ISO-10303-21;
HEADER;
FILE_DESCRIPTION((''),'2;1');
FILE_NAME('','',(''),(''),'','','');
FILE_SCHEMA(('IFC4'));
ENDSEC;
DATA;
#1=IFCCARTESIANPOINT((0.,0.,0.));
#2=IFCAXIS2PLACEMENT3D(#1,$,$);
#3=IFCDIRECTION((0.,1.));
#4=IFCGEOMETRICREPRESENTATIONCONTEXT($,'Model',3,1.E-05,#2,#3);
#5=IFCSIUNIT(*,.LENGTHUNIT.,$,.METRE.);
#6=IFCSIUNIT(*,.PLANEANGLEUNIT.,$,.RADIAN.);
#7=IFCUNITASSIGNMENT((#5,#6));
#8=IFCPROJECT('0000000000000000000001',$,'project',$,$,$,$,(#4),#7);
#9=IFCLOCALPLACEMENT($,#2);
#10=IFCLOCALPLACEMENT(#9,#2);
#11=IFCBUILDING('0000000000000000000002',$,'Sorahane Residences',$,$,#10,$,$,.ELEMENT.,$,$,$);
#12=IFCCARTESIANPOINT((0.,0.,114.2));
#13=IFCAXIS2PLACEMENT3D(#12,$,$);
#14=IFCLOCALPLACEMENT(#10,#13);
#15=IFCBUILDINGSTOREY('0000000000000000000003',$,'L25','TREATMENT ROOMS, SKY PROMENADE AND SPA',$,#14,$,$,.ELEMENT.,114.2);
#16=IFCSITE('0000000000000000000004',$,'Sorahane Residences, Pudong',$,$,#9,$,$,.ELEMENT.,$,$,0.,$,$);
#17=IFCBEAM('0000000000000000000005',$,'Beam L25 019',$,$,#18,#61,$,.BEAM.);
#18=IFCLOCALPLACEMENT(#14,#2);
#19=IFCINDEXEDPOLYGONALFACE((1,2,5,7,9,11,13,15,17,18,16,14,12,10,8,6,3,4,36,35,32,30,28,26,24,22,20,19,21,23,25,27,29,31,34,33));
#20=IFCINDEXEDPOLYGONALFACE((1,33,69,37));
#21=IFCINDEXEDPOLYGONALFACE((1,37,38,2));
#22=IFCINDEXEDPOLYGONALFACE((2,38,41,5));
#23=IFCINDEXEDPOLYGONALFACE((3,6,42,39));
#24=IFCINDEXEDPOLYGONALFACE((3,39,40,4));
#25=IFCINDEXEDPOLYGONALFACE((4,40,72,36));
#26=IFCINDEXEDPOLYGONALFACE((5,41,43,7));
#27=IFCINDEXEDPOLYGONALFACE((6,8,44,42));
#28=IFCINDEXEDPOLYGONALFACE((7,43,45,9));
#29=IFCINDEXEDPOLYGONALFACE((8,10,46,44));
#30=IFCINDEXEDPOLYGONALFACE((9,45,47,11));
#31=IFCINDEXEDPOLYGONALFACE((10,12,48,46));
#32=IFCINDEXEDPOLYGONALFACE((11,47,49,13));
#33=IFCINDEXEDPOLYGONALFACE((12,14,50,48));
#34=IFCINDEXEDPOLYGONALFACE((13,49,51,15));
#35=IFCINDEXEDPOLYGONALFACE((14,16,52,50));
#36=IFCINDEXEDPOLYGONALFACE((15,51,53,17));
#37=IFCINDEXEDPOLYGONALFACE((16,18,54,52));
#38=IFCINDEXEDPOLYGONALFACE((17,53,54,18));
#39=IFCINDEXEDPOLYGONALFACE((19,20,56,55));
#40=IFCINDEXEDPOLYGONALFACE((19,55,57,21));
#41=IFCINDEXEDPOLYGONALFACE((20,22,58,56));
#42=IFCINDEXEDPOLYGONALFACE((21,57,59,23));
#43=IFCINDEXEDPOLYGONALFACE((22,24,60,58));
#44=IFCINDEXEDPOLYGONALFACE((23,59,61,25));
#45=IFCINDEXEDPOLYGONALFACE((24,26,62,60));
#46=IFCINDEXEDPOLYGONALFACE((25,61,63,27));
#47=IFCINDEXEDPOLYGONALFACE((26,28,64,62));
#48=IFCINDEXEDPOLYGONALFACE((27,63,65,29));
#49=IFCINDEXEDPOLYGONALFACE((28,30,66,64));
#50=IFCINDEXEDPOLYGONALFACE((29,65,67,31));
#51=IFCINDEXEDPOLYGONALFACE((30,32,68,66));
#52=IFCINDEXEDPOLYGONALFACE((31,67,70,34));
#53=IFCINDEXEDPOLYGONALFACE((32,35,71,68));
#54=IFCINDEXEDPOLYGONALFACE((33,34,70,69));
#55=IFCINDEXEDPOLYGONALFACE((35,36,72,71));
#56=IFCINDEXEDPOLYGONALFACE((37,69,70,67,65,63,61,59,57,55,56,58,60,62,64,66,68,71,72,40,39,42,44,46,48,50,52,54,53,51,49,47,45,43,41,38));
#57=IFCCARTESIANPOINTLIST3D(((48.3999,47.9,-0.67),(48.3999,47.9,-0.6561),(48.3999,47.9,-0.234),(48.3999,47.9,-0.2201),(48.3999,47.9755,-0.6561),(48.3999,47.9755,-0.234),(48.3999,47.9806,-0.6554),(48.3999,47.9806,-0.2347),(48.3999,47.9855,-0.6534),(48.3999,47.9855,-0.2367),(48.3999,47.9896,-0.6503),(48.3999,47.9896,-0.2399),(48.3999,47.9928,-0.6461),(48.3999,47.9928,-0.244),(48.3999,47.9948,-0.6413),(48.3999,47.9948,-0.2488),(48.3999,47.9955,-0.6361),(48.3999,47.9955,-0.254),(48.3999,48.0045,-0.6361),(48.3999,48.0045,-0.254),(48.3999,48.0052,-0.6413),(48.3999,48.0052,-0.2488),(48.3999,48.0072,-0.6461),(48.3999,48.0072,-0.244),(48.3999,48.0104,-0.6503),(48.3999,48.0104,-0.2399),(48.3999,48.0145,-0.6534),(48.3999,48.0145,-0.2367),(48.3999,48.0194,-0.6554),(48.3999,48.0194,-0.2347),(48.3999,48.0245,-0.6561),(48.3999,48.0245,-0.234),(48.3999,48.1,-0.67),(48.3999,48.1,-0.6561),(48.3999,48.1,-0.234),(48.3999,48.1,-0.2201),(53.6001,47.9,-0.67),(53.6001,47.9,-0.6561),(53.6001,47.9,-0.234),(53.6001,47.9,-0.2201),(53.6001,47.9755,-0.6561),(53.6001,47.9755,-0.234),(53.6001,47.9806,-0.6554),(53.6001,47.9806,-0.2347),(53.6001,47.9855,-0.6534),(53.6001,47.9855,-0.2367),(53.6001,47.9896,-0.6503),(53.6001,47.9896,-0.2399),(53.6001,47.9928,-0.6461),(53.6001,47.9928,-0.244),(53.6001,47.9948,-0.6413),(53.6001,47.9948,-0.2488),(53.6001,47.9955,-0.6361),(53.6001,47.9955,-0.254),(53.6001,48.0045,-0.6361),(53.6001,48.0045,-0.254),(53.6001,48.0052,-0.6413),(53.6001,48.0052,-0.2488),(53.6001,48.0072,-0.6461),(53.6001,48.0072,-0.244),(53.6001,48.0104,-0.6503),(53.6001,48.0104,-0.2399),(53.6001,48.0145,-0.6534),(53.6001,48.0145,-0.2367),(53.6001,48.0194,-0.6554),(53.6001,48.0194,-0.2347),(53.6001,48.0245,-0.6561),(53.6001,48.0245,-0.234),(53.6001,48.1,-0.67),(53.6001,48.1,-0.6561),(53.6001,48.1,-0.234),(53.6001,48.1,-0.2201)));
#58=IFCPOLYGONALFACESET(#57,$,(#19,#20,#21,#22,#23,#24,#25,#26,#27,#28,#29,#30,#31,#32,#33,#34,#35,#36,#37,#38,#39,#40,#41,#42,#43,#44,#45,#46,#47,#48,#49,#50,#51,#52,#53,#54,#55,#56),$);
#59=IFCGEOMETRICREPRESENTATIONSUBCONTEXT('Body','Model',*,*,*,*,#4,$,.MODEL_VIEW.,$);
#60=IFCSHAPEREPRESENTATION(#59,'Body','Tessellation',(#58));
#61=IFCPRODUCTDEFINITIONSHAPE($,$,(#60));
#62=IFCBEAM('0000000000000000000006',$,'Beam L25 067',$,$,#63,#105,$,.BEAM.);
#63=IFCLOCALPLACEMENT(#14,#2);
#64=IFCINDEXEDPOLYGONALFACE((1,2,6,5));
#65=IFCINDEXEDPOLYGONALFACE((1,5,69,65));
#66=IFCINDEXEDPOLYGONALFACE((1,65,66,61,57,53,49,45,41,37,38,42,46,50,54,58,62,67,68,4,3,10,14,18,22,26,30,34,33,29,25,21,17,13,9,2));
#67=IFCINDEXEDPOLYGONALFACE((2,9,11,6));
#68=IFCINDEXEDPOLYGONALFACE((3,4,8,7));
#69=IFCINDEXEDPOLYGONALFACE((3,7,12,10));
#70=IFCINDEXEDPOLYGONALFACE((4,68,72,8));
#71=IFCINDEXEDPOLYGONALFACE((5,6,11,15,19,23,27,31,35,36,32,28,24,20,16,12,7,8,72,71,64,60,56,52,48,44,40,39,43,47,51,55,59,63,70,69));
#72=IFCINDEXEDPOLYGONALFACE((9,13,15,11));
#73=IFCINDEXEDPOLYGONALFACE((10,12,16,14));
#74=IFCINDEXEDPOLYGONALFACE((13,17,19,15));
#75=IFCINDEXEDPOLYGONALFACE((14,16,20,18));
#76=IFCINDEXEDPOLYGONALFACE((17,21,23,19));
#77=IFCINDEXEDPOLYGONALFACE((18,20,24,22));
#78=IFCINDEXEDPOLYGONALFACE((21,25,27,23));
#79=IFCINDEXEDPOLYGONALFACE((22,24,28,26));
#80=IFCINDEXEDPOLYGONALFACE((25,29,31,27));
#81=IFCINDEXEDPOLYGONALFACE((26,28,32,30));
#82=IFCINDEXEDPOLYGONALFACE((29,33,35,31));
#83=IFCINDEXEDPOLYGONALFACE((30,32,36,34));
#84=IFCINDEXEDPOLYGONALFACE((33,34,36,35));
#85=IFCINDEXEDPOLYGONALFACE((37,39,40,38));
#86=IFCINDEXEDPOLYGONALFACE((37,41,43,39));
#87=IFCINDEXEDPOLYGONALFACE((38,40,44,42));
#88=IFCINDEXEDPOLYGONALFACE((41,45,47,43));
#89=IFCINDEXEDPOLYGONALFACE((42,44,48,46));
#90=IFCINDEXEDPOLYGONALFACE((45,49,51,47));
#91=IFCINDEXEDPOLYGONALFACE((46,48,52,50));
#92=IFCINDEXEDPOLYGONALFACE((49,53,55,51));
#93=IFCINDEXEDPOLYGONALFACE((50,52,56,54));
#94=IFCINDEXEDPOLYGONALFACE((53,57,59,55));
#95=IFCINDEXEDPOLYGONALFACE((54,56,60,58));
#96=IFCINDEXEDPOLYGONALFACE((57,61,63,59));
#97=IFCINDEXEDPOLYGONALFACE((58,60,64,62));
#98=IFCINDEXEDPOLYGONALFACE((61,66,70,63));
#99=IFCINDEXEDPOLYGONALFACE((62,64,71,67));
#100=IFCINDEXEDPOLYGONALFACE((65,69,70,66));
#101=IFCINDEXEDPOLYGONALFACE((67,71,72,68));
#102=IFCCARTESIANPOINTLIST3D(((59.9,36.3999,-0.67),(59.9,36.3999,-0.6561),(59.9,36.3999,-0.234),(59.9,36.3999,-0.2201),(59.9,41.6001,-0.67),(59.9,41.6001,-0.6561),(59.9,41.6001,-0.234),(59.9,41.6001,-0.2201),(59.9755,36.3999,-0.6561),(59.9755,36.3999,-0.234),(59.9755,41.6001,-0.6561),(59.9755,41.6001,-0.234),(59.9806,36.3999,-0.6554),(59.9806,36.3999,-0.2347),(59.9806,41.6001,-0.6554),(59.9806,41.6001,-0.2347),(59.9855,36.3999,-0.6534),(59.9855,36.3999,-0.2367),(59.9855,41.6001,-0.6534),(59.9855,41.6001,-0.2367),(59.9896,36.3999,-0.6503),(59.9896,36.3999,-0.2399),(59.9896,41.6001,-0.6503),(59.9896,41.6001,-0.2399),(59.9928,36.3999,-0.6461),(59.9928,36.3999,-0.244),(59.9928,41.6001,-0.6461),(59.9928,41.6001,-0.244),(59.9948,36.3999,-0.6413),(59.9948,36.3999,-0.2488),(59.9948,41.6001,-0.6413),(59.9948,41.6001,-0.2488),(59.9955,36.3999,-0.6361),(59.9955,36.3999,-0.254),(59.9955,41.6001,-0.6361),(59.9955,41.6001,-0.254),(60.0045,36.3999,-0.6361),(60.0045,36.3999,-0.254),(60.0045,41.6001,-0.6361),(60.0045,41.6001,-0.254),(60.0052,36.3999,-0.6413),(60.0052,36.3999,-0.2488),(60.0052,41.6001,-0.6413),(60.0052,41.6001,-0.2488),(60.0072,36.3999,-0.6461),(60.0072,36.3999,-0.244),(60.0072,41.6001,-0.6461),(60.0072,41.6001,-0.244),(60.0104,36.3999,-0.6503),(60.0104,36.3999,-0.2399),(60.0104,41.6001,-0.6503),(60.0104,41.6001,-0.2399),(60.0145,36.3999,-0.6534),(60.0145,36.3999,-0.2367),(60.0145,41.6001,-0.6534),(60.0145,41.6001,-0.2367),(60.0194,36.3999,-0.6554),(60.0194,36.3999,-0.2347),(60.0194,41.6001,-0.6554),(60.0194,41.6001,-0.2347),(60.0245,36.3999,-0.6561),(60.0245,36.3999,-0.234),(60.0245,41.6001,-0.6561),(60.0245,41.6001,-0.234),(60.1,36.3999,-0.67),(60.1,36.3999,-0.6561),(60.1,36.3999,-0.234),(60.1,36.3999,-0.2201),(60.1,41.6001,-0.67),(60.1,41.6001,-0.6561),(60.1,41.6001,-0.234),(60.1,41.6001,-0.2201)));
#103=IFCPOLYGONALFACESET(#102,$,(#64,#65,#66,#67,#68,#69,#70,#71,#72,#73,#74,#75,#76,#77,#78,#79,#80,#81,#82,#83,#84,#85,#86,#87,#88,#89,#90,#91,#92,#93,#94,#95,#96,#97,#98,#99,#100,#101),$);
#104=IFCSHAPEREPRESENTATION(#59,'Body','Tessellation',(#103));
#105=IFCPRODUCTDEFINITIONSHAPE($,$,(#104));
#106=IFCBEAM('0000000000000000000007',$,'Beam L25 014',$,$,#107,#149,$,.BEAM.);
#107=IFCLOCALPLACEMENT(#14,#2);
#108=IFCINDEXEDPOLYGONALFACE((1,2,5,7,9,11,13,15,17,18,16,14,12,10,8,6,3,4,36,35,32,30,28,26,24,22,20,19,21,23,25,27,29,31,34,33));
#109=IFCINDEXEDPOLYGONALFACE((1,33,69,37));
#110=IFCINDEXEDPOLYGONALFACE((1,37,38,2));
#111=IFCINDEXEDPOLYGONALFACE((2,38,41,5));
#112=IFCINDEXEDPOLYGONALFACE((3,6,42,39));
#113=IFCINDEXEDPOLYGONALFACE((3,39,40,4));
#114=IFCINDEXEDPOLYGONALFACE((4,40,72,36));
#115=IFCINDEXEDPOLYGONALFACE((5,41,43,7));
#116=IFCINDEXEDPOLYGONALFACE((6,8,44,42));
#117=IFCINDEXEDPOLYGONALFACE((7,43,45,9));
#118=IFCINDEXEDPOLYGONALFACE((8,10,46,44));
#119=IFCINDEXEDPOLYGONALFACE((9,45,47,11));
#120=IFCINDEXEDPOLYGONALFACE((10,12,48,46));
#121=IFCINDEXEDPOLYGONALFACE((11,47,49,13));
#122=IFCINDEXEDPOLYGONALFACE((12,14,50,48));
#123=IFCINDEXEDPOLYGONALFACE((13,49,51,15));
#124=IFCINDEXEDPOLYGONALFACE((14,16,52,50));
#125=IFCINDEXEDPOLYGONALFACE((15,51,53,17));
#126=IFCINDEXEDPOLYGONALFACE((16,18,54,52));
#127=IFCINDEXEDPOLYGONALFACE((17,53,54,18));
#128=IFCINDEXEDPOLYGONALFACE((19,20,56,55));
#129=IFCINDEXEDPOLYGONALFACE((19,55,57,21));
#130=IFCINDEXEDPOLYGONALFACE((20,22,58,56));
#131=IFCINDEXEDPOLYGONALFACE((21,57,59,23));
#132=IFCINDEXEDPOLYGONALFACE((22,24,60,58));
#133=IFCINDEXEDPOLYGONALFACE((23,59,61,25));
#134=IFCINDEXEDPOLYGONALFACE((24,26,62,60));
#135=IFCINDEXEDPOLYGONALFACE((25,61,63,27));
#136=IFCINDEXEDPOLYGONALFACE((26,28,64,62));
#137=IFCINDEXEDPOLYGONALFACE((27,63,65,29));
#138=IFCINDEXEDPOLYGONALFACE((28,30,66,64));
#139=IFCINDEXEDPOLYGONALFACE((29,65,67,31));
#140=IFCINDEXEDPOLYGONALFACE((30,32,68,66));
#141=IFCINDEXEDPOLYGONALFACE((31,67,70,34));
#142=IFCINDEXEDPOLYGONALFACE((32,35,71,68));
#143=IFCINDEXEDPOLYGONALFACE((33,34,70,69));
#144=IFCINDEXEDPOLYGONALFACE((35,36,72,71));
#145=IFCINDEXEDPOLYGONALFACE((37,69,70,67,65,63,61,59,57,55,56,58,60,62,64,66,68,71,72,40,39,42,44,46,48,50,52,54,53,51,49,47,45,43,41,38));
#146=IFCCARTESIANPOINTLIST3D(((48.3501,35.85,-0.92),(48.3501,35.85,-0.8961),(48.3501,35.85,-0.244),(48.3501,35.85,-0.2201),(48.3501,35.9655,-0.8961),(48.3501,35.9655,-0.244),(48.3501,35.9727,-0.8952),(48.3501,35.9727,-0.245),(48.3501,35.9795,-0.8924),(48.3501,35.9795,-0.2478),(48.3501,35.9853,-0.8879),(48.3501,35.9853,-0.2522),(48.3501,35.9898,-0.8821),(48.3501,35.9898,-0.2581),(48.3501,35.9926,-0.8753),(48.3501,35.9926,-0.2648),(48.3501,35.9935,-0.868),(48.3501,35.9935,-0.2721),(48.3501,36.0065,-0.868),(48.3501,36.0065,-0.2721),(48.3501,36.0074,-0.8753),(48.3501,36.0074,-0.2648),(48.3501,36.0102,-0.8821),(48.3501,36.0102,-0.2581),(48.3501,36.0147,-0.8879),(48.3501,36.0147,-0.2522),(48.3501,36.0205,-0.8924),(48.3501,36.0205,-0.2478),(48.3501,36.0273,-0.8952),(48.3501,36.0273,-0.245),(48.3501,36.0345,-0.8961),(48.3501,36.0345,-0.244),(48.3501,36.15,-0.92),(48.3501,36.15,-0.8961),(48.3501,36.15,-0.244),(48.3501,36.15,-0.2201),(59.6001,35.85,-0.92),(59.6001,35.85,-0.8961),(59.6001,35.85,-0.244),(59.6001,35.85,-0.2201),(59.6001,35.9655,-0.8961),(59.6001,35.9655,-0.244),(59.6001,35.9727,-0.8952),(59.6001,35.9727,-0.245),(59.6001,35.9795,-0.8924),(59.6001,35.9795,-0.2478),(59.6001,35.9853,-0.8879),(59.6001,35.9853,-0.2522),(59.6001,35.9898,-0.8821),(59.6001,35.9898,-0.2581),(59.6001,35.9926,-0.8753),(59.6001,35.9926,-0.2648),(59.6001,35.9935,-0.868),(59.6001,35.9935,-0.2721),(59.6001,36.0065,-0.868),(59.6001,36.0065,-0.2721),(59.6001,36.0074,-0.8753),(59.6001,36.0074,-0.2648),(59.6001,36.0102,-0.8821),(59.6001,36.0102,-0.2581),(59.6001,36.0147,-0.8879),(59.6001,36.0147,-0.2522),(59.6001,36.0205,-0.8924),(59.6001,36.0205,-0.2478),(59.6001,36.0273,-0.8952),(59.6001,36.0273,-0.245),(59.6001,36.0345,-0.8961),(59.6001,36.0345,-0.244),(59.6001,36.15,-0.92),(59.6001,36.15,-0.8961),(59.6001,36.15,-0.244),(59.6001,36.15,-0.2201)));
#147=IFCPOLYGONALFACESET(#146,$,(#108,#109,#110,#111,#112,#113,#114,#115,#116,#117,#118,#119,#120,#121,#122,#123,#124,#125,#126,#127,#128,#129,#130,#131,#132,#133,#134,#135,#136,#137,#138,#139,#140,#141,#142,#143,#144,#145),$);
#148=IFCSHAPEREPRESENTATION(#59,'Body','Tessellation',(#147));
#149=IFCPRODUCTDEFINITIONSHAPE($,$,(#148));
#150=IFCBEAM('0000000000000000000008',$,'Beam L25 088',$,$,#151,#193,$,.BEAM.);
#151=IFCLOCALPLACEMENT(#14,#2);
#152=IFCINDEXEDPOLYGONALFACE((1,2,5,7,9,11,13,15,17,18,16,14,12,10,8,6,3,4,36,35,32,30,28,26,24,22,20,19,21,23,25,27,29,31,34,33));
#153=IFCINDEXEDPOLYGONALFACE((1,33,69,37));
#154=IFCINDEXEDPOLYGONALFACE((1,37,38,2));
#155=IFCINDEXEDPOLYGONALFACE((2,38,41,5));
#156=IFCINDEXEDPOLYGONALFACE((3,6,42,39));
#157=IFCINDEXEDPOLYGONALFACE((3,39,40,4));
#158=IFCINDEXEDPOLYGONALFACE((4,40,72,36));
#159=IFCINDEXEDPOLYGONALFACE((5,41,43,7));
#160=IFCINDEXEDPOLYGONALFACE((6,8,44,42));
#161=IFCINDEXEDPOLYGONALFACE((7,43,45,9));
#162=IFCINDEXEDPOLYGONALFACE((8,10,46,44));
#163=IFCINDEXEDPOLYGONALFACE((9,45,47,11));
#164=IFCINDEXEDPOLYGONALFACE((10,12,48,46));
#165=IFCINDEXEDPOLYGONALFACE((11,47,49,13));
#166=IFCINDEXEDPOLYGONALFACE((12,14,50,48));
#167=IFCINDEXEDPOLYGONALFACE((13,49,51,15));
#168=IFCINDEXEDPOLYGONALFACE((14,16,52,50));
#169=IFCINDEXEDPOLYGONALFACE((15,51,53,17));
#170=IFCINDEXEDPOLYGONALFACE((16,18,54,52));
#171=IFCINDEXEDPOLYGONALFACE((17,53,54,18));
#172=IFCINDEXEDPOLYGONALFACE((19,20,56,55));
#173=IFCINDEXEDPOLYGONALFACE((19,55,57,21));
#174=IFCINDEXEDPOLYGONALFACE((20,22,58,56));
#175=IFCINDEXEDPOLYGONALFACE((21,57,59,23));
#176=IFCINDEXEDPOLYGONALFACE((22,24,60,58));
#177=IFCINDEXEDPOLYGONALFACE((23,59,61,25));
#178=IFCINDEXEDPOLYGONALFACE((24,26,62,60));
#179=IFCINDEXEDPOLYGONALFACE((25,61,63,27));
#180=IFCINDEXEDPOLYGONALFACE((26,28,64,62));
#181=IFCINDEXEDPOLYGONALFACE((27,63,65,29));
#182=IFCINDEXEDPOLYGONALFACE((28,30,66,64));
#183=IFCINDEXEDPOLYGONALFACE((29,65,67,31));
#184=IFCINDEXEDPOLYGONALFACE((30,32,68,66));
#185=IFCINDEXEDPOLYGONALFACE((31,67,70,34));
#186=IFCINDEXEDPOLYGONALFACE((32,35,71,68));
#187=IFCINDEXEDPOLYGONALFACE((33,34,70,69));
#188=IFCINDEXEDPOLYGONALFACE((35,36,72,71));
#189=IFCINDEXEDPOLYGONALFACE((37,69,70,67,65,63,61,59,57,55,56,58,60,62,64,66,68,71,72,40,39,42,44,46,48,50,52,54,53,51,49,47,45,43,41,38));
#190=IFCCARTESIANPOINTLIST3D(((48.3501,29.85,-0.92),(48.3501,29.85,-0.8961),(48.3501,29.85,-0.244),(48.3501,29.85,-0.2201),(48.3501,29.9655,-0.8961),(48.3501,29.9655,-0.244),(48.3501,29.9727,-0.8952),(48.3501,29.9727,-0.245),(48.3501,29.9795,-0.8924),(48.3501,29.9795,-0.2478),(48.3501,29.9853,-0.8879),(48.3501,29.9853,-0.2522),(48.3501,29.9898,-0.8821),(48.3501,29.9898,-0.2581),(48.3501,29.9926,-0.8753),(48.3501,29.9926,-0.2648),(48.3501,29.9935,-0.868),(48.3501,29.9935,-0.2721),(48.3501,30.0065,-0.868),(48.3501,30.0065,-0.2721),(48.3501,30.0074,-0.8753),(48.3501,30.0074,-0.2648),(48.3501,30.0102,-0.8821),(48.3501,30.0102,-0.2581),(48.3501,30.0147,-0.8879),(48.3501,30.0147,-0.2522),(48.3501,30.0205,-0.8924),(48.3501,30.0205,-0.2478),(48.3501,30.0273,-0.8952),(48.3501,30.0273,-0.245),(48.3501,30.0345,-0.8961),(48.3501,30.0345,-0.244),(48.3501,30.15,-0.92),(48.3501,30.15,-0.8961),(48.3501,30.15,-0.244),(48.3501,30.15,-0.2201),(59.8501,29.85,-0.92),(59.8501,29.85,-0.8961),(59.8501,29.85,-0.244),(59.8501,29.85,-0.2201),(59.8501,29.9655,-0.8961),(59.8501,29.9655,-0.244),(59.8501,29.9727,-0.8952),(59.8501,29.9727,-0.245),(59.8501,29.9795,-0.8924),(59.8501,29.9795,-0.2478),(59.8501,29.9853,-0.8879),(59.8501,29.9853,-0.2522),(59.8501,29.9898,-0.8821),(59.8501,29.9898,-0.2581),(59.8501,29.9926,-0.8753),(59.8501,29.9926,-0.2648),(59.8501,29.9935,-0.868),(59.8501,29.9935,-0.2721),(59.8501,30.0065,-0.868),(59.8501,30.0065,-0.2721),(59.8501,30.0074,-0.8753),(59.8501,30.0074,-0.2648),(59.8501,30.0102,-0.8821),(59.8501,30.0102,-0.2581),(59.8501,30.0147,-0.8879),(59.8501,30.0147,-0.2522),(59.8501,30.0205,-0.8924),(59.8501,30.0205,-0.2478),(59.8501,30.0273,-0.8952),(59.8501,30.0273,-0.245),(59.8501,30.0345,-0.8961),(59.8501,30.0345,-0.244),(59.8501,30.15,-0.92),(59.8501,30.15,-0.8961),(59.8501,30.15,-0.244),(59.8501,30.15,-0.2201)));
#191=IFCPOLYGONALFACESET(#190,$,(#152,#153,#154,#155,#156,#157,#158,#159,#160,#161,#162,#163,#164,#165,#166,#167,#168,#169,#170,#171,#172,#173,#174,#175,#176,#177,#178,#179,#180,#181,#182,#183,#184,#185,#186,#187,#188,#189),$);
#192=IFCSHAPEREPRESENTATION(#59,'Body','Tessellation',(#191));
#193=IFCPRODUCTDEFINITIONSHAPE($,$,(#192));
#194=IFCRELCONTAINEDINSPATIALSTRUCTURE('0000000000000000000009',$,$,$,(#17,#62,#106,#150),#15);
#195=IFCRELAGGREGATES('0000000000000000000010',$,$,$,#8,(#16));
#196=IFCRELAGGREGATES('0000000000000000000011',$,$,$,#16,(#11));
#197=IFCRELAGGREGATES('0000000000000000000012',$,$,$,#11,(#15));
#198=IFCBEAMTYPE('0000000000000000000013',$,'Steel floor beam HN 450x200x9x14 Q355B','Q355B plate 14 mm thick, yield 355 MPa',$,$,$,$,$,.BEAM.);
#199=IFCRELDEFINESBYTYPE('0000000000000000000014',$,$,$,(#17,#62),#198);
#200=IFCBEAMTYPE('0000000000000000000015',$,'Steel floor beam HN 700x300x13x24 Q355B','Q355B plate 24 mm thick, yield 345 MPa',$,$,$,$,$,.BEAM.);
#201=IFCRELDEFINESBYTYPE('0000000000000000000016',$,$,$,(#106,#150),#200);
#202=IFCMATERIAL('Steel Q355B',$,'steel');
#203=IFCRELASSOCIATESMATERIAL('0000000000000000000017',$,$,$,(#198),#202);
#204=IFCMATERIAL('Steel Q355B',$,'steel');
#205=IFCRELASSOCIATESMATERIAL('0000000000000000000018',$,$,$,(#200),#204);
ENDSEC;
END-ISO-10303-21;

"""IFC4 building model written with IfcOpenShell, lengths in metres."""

from ifc_helpers import new_model, si_unit, direction, frame, origin, origin_2d, place, context, subcontext, project, spatial, i_section, extrude, material, material_profile, profile_set, type_object, element, save


model = new_model("IFC4")

# Units and contexts
model_context = context("Model", 3, precision=1e-05, world=origin(), true_north=direction((0.0, 1.0)))
body_context = subcontext(model_context, "Body", "Model", "MODEL_VIEW")
ifc_project = project(units=[si_unit("LENGTHUNIT", "METRE"), si_unit("PLANEANGLEUNIT", "RADIAN")], contexts=[model_context])

# Site, building, storey
site_placement = place(None, origin())
site = spatial("IfcSite", under=ifc_project, at=site_placement, Name="Sorahane Residences, Pudong", CompositionType="ELEMENT", RefElevation=0.0)
building_placement = place(site_placement, origin())
building = spatial("IfcBuilding", under=site, at=building_placement, Name="Sorahane Residences", CompositionType="ELEMENT")
storey_placement = place(building_placement, frame((0.0, 0.0, 114.2)))
storey = spatial("IfcBuildingStorey", under=building, at=storey_placement, Name="L25", Description="TREATMENT ROOMS, SKY PROMENADE AND SPA", CompositionType="ELEMENT", Elevation=114.2)

# Beams
ifc_material_1 = material(Name="Steel Q355B", Category="steel")
ifc_material_profile_1 = material_profile(ifc_material_1, i_section(OverallWidth=0.2, OverallDepth=0.45, WebThickness=0.009, FlangeThickness=0.0139, FilletRadius=0.02, at=origin_2d()), Name="HN 450x200x9x14")
ifc_profile_set_1 = profile_set([ifc_material_profile_1], Name="Steel Q355B")
beam_type_1 = type_object("IfcBeamType", Name="Steel floor beam HN 450x200x9x14 Q355B", Description="Q355B plate 14 mm thick, yield 355 MPa", PredefinedType="BEAM", material=ifc_profile_set_1)
for number, where, z_axis, x_axis, name in (
    (1, (48.3999, 48.0, -0.4451), (1.0, 0.0, 0.0), (0.0, 1.0, 0.0), "Beam L25 019"),
    (2, (60.0, 36.3999, -0.4451), (0.0, 1.0, 0.0), (-1.0, 0.0, 0.0), "Beam L25 067"),
):
    element("IfcBeam", number, at=place(storey_placement, frame(where, z_axis=z_axis, x_axis=x_axis)), inside=storey, type_object=beam_type_1, Name=name, PredefinedType="BEAM", context=body_context, shape_type="SweptSolid", body=[
        extrude(i_section(OverallWidth=0.2, OverallDepth=0.45, WebThickness=0.009, FlangeThickness=0.0139, FilletRadius=0.02, at=origin_2d()), origin(), (0.0, 0.0, 1.0), 5.2002),
    ])
ifc_material_2 = material(Name="Steel Q355B", Category="steel")
ifc_material_profile_2 = material_profile(ifc_material_2, i_section(OverallWidth=0.3, OverallDepth=0.7, WebThickness=0.0129, FlangeThickness=0.0239, FilletRadius=0.0281, at=origin_2d()), Name="HN 700x300x13x24")
ifc_profile_set_2 = profile_set([ifc_material_profile_2], Name="Steel Q355B")
beam_type_2 = type_object("IfcBeamType", Name="Steel floor beam HN 700x300x13x24 Q355B", Description="Q355B plate 24 mm thick, yield 345 MPa", PredefinedType="BEAM", material=ifc_profile_set_2)
beam_1_placement = place(storey_placement, frame((48.3501, 36.0, -0.5701), z_axis=(1.0, 0.0, 0.0), x_axis=(0.0, 1.0, 0.0)))
element("IfcBeam", 3, at=beam_1_placement, inside=storey, type_object=beam_type_2, Name="Beam L25 014", PredefinedType="BEAM", context=body_context, shape_type="SweptSolid", body=[
    extrude(i_section(OverallWidth=0.3, OverallDepth=0.7, WebThickness=0.0129, FlangeThickness=0.0239, FilletRadius=0.0281, at=origin_2d()), origin(), (0.0, 0.0, 1.0), 11.25),
])
beam_2_placement = place(storey_placement, frame((48.3501, 30.0, -0.5701), z_axis=(1.0, 0.0, 0.0), x_axis=(0.0, 1.0, 0.0)))
element("IfcBeam", 4, at=beam_2_placement, inside=storey, type_object=beam_type_2, Name="Beam L25 088", PredefinedType="BEAM", context=body_context, shape_type="SweptSolid", body=[
    extrude(i_section(OverallWidth=0.3, OverallDepth=0.7, WebThickness=0.0129, FlangeThickness=0.0239, FilletRadius=0.0281, at=origin_2d()), origin(), (0.0, 0.0, 1.0), 11.5),
])

save(model, "model.ifc")
